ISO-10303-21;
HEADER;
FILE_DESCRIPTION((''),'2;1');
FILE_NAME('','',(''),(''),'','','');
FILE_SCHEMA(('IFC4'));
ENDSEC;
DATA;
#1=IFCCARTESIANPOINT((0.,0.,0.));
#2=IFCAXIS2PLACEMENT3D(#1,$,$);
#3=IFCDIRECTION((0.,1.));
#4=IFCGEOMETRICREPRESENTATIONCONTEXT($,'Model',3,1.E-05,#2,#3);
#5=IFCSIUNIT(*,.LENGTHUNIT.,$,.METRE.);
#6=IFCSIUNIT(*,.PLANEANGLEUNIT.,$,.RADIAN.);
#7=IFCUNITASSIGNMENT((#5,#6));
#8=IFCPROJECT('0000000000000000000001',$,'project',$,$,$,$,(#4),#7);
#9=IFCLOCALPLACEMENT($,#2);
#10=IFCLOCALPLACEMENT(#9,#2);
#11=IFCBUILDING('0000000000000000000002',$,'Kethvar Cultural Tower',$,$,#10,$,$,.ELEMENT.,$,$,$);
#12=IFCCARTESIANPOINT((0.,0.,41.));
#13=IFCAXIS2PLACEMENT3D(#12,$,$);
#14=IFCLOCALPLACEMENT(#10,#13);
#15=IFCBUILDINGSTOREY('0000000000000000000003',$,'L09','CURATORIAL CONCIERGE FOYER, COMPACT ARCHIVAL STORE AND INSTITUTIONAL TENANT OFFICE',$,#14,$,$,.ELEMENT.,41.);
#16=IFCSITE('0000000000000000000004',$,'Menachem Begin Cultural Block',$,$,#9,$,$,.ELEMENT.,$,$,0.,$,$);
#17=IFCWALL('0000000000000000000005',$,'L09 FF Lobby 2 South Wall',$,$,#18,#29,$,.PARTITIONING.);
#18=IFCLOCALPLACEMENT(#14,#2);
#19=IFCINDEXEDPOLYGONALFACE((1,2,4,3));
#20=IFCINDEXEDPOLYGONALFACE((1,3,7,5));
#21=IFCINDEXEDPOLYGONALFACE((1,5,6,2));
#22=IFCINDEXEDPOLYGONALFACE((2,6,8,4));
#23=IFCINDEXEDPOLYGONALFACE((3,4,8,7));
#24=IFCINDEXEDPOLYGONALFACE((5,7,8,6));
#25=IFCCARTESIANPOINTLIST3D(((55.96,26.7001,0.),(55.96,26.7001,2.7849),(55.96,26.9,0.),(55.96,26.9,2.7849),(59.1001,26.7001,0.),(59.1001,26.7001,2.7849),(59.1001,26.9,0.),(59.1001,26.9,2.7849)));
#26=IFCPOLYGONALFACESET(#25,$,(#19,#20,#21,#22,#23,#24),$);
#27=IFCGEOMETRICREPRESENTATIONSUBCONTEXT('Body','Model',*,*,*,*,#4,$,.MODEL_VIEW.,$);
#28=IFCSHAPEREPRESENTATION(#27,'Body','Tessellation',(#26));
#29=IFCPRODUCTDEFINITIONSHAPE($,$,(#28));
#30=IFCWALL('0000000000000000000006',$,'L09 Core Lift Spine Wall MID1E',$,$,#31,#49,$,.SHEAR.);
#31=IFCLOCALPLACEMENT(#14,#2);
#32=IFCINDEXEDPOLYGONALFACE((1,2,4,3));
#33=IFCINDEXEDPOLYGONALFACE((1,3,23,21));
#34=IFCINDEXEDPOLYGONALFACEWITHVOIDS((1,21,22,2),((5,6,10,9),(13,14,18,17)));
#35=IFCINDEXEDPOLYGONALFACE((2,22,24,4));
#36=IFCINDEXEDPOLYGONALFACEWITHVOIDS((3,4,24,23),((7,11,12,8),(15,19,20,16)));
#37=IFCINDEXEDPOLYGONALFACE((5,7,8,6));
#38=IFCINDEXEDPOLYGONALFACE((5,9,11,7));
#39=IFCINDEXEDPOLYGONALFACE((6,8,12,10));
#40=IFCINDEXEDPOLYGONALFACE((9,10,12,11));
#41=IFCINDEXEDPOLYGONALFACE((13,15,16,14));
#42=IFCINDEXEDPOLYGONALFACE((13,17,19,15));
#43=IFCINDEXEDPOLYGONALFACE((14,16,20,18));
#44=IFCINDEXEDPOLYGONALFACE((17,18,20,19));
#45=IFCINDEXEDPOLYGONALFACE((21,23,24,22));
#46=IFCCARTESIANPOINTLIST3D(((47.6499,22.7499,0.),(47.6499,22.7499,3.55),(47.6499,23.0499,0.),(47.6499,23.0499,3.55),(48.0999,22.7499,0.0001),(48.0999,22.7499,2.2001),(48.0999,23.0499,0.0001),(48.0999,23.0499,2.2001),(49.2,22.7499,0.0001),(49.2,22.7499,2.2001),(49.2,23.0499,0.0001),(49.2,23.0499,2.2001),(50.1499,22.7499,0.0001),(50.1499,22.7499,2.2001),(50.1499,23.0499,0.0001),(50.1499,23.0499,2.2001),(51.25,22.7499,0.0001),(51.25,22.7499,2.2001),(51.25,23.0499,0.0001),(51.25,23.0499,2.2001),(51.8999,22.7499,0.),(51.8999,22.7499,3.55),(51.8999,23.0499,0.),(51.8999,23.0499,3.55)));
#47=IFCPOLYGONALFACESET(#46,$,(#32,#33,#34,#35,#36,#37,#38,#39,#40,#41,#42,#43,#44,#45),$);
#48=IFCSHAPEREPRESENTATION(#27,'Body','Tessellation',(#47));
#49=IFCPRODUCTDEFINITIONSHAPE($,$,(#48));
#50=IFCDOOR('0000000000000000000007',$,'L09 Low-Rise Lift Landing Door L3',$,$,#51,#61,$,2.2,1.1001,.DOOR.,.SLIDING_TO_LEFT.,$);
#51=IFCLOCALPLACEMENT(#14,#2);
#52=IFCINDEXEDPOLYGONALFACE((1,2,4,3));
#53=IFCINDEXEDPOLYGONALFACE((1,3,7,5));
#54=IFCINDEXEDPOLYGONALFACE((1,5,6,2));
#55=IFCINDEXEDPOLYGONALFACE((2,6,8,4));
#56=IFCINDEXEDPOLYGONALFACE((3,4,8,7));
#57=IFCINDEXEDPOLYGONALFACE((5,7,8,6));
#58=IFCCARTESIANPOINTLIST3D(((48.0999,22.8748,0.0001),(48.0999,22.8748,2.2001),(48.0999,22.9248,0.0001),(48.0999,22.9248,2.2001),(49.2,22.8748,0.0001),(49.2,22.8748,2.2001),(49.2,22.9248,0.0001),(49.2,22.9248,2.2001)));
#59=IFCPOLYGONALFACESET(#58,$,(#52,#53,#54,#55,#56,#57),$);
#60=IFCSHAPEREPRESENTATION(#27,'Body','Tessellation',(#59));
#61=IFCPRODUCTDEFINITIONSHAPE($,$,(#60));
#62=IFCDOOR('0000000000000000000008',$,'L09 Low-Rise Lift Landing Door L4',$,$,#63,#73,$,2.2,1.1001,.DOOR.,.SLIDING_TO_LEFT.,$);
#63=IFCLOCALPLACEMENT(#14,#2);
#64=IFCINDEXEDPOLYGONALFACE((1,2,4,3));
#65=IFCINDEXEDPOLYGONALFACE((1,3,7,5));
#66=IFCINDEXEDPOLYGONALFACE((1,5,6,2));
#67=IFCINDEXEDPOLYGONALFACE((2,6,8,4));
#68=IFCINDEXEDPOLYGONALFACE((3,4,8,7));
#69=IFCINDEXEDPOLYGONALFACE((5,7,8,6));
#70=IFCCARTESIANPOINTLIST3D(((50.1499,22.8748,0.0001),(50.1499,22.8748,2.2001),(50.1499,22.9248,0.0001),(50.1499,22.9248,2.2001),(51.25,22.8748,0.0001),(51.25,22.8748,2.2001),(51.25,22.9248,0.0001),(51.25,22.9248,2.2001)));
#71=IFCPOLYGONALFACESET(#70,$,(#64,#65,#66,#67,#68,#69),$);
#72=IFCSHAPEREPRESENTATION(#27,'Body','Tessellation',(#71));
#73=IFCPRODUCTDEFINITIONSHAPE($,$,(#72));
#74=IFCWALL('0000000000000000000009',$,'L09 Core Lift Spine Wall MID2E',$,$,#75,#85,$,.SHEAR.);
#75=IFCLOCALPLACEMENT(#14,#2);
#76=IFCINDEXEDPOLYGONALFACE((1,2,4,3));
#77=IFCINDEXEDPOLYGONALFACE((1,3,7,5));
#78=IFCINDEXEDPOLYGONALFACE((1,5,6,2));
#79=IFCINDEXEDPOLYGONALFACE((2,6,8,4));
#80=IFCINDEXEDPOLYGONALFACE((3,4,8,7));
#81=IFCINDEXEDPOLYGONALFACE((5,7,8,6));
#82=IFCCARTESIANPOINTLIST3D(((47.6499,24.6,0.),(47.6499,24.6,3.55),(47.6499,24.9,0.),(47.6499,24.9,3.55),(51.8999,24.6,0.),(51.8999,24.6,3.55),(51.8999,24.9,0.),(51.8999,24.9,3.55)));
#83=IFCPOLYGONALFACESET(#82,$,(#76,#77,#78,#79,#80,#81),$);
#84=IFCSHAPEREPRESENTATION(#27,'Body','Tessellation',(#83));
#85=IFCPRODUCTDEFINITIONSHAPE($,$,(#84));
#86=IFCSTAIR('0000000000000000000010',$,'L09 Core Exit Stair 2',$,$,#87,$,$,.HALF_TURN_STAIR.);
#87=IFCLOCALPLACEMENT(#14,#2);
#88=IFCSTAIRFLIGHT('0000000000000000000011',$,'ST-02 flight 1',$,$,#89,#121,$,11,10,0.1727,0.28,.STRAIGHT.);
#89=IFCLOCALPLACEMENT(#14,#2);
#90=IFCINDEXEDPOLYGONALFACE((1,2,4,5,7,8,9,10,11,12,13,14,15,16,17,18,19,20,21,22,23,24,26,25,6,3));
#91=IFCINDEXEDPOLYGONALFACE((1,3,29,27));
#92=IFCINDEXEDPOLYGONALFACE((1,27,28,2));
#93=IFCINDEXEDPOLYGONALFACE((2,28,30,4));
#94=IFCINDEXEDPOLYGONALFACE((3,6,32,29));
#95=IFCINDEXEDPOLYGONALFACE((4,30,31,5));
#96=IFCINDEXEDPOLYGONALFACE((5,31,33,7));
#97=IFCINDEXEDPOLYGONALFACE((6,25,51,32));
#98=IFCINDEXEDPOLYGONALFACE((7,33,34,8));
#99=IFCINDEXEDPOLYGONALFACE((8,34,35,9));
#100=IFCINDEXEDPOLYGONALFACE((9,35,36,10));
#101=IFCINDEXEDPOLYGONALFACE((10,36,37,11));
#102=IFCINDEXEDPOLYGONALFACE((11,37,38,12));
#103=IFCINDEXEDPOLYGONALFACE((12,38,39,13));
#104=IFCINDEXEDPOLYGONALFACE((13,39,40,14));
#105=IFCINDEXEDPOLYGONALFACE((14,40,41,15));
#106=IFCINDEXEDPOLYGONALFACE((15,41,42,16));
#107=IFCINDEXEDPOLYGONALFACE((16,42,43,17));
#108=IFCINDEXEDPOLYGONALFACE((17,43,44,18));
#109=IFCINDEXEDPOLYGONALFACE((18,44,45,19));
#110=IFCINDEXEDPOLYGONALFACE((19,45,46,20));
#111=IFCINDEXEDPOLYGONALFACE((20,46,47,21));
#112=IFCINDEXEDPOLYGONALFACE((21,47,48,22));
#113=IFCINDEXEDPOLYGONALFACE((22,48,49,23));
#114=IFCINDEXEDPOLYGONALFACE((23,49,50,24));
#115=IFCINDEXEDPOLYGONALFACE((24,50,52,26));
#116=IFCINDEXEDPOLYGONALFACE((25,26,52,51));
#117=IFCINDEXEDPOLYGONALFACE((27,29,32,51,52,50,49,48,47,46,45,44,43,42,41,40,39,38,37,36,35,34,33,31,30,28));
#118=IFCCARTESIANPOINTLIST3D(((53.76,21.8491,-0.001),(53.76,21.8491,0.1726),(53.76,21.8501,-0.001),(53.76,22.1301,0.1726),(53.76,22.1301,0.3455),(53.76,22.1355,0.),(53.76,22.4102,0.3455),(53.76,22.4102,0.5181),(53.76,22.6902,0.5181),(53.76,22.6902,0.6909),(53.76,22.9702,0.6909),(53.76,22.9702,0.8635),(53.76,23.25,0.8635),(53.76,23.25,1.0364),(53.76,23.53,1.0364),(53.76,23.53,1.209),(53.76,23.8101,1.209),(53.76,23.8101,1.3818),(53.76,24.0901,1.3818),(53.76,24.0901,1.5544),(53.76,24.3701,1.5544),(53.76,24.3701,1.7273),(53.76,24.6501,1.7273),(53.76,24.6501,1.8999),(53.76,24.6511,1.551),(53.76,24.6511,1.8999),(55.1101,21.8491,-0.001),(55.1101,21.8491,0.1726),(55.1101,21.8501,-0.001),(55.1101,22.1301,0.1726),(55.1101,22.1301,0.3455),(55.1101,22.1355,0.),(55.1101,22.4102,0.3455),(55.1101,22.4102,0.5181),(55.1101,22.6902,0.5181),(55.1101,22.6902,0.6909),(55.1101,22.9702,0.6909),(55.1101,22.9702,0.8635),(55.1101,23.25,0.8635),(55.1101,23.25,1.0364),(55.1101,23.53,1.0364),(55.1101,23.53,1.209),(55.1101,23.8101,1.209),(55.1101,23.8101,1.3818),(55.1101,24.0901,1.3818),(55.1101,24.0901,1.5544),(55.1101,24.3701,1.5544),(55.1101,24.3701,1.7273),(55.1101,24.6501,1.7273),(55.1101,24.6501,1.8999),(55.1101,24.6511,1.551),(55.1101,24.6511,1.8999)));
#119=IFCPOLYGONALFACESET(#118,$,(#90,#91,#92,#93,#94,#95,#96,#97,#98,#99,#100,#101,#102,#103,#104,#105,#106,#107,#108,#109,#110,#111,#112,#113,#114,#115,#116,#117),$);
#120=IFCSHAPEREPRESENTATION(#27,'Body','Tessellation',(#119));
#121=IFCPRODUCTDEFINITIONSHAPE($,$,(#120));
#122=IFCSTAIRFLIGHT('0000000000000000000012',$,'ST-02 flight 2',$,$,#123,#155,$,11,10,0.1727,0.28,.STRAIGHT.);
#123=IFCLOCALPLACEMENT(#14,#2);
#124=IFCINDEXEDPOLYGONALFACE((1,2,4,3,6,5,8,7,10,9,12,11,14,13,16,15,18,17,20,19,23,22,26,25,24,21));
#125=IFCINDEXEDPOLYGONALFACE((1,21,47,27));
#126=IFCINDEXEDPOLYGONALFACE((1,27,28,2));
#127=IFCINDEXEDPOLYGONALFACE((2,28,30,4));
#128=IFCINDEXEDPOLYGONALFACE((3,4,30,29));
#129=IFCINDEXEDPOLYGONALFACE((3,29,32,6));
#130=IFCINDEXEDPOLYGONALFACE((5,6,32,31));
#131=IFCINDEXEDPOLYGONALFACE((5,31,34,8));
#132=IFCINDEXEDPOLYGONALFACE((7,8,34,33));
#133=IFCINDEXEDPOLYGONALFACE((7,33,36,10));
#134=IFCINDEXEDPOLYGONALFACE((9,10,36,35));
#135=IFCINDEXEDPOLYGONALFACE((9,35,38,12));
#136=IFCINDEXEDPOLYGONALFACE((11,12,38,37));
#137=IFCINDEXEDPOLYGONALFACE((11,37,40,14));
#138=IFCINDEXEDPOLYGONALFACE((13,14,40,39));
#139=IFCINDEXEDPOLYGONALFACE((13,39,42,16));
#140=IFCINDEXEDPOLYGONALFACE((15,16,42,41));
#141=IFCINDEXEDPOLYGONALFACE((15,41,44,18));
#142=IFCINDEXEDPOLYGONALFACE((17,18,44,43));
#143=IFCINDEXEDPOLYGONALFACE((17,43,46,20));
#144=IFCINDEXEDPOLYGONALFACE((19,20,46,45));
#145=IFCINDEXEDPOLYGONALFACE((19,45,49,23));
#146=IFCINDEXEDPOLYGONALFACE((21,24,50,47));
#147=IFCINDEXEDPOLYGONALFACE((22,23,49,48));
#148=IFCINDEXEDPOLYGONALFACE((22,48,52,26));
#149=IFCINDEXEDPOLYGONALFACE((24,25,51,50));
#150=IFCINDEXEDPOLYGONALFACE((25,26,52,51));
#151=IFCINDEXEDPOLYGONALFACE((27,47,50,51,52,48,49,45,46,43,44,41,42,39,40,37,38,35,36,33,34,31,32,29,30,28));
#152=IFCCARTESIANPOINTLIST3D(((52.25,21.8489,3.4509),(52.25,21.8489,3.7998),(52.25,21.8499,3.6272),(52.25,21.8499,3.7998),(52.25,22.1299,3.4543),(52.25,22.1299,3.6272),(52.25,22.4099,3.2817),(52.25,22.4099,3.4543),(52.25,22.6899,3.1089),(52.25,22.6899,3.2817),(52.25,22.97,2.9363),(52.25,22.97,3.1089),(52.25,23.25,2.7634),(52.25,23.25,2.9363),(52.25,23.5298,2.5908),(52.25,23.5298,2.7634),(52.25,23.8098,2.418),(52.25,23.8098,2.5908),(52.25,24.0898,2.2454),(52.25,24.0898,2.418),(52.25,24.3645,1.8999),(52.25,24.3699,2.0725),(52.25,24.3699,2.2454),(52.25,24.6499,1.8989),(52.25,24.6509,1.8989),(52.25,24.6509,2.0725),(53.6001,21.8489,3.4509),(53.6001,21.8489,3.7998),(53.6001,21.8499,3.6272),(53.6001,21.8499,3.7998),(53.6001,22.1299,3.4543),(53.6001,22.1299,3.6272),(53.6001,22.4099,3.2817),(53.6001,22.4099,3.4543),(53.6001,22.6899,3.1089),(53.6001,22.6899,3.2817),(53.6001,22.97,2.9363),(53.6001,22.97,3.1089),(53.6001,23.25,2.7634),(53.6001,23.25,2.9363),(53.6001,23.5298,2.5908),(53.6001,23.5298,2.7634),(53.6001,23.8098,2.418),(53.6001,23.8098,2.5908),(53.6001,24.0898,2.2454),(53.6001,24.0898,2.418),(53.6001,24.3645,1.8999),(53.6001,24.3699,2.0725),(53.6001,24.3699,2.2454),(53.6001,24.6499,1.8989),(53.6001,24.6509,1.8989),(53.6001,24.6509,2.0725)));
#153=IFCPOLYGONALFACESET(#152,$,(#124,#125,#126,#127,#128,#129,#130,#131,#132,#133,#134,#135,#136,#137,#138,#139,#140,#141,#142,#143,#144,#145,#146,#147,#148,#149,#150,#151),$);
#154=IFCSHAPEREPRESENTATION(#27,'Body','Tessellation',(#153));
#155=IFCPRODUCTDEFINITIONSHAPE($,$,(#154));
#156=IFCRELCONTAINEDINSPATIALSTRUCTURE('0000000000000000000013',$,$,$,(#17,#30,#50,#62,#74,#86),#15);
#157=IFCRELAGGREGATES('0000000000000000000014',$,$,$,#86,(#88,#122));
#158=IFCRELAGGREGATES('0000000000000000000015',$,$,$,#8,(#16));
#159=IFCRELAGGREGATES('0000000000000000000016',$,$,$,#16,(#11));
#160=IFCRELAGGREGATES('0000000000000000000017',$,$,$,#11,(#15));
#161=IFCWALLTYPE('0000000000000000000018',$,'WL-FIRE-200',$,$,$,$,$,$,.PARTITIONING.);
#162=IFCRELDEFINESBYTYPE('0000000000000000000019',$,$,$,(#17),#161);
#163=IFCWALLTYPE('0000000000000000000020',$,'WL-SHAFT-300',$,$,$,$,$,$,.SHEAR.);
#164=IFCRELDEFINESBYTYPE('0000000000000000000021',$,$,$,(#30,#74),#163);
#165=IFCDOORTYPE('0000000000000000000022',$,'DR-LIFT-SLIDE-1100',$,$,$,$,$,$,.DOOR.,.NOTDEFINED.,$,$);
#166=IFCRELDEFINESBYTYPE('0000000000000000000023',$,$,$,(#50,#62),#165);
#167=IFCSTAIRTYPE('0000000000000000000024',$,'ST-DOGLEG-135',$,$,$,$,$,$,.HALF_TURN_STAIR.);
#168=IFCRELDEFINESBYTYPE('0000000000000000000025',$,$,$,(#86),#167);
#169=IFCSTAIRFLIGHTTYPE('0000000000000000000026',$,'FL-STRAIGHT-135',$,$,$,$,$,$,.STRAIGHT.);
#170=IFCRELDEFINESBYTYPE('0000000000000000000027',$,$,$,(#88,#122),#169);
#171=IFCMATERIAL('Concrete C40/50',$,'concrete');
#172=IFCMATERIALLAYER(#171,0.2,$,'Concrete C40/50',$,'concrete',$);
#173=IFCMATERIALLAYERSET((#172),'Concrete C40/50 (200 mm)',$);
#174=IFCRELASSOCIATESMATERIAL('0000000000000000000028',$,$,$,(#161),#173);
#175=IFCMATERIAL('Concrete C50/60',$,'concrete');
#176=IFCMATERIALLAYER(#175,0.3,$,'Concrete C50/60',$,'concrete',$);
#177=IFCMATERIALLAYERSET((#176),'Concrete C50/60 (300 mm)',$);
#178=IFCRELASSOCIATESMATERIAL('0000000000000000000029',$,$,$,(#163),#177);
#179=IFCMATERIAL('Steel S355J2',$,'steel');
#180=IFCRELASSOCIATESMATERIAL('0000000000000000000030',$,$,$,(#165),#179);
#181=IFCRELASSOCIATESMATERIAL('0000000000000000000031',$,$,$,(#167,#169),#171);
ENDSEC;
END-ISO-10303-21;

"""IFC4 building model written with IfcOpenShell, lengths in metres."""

from ifc_helpers import new_model, si_unit, direction, frame, frame_2d, origin, place, context, subcontext, project, spatial, polyline, rectangle, outline, extrude, source, transform, mapped, material, layer, layer_set, type_object, element, fill, aggregate, save


model = new_model("IFC4")

# Units and contexts
model_context = context("Model", 3, precision=1e-05, world=origin(), true_north=direction((0.0, 1.0)))
body_context = subcontext(model_context, "Body", "Model", "MODEL_VIEW")
ifc_project = project(units=[si_unit("LENGTHUNIT", "METRE"), si_unit("PLANEANGLEUNIT", "RADIAN")], contexts=[model_context])

# Site, building, storey
site_placement = place(None, origin())
site = spatial("IfcSite", under=ifc_project, at=site_placement, Name="Menachem Begin Cultural Block", CompositionType="ELEMENT", RefElevation=0.0)
building_placement = place(site_placement, origin())
building = spatial("IfcBuilding", under=site, at=building_placement, Name="Kethvar Cultural Tower", CompositionType="ELEMENT")
storey_placement = place(building_placement, frame((0.0, 0.0, 41.0)))
storey = spatial("IfcBuildingStorey", under=building, at=storey_placement, Name="L09", Description="CURATORIAL CONCIERGE FOYER, COMPACT ARCHIVAL STORE AND INSTITUTIONAL TENANT OFFICE", CompositionType="ELEMENT", Elevation=41.0)

# Shared definitions
ifc_material_1 = material(Name="Steel S355J2", Category="steel")

# Wall
ifc_material_2 = material(Name="Concrete C40/50", Category="concrete")
ifc_layer_1 = layer(ifc_material_2, 0.2, Name="Concrete C40/50", Category="concrete")
ifc_layer_set_1 = layer_set([ifc_layer_1], Name="Concrete C40/50 (200 mm)")
wall_type_1 = type_object("IfcWallType", Name="WL-FIRE-200", PredefinedType="PARTITIONING", material=ifc_layer_set_1)
wall_1_placement = place(storey_placement, frame((55.96, 26.8, 0.0), z_axis=(0.0, 0.0, 1.0), x_axis=(1.0, 0.0, 0.0)))
element("IfcWall", 1, at=wall_1_placement, inside=storey, type_object=wall_type_1, Name="L09 FF Lobby 2 South Wall", PredefinedType="PARTITIONING", context=body_context, shape_type="SweptSolid", body=[
    extrude(rectangle(XDim=3.1401, YDim=0.2, at=frame_2d((1.5701, 0.0))), origin(), (0.0, 0.0, 1.0), 2.7849),
])

# Wall, openings, doors
ifc_material_3 = material(Name="Concrete C50/60", Category="concrete")
ifc_layer_2 = layer(ifc_material_3, 0.3, Name="Concrete C50/60", Category="concrete")
ifc_layer_set_2 = layer_set([ifc_layer_2], Name="Concrete C50/60 (300 mm)")
wall_type_2 = type_object("IfcWallType", Name="WL-SHAFT-300", PredefinedType="SHEAR", material=ifc_layer_set_2)
wall_2_placement = place(storey_placement, frame((47.6499, 22.8999, 0.0), z_axis=(0.0, 0.0, 1.0), x_axis=(1.0, 0.0, 0.0)))
wall_2 = element("IfcWall", 2, at=wall_2_placement, inside=storey, type_object=wall_type_2, Name="L09 Core Lift Spine Wall MID1E", PredefinedType="SHEAR", context=body_context, shape_type="SweptSolid", body=[
    extrude(rectangle(XDim=4.25, YDim=0.3, at=frame_2d((2.125, 0.0))), origin(), (0.0, 0.0, 1.0), 3.55),
])
opening_1_placement = place(wall_2_placement, frame((0.45, 0.0, 0.0)))
opening_1 = element("IfcOpeningElement", 3, at=opening_1_placement, cuts=wall_2, PredefinedType="OPENING", context=body_context, shape_type="SweptSolid", body=[
    extrude(rectangle(XDim=1.1001, YDim=2.2, at=frame_2d((0.55, 1.1001))), frame((0.0, 0.1599, 0.0), z_axis=(0.0, -1.0, 0.0), x_axis=(1.0, 0.0, 0.0)), (0.0, 0.0, 1.0), 0.3201),
])
opening_2_placement = place(wall_2_placement, frame((2.5, 0.0, 0.0)))
opening_2 = element("IfcOpeningElement", 4, at=opening_2_placement, cuts=wall_2, PredefinedType="OPENING", context=body_context, shape_type="SweptSolid", body=[
    extrude(rectangle(XDim=1.1001, YDim=2.2, at=frame_2d((0.55, 1.1001))), frame((0.0, 0.1599, 0.0), z_axis=(0.0, -1.0, 0.0), x_axis=(1.0, 0.0, 0.0)), (0.0, 0.0, 1.0), 0.3201),
])
door_type = type_object("IfcDoorType", Name="DR-LIFT-SLIDE-1100", OperationType="NOTDEFINED", PredefinedType="DOOR", material=ifc_material_1)
shared_shape_1 = source(origin(), body_context, "Body", "SweptSolid", [
    extrude(rectangle(XDim=1.1001, YDim=2.2, at=frame_2d((0.55, 1.1001))), frame((0.0, 0.0249, 0.0), z_axis=(0.0, -1.0, 0.0), x_axis=(1.0, 0.0, 0.0)), (0.0, 0.0, 1.0), 0.05),
])
door_1_placement = place(opening_1_placement, origin())
door_1 = element("IfcDoor", 5, at=door_1_placement, inside=storey, type_object=door_type, Name="L09 Low-Rise Lift Landing Door L3", OperationType="SLIDING_TO_LEFT", OverallHeight=2.2, OverallWidth=1.1001, PredefinedType="DOOR", context=body_context, shape_type="MappedRepresentation", body=[
    mapped(shared_shape_1, transform((0.0, 0.0, 0.0), scale=1.0)),
])
fill(opening_1, door_1)
door_2_placement = place(opening_2_placement, origin())
door_2 = element("IfcDoor", 6, at=door_2_placement, inside=storey, type_object=door_type, Name="L09 Low-Rise Lift Landing Door L4", OperationType="SLIDING_TO_LEFT", OverallHeight=2.2, OverallWidth=1.1001, PredefinedType="DOOR", context=body_context, shape_type="MappedRepresentation", body=[
    mapped(shared_shape_1, transform((0.0, 0.0, 0.0), scale=1.0)),
])
fill(opening_2, door_2)

# Wall
wall_3_placement = place(storey_placement, frame((47.6499, 24.75, 0.0), z_axis=(0.0, 0.0, 1.0), x_axis=(1.0, 0.0, 0.0)))
element("IfcWall", 7, at=wall_3_placement, inside=storey, type_object=wall_type_2, Name="L09 Core Lift Spine Wall MID2E", PredefinedType="SHEAR", context=body_context, shape_type="SweptSolid", body=[
    extrude(rectangle(XDim=4.25, YDim=0.3, at=frame_2d((2.125, 0.0))), origin(), (0.0, 0.0, 1.0), 3.55),
])

# Stair, stair flights
stair_type = type_object("IfcStairType", Name="ST-DOGLEG-135", PredefinedType="HALF_TURN_STAIR", material=ifc_material_2)
stair_placement = place(storey_placement, origin())
stair = element("IfcStair", 8, at=stair_placement, inside=storey, type_object=stair_type, Name="L09 Core Exit Stair 2", PredefinedType="HALF_TURN_STAIR")
stair_flight_type = type_object("IfcStairFlightType", Name="FL-STRAIGHT-135", PredefinedType="STRAIGHT", material=ifc_material_2)
stair_flight_1_placement = place(storey_placement, frame((54.4351, 21.8501, 0.0), z_axis=(0.0, 0.0, 1.0), x_axis=(0.0, 1.0, 0.0)))
stair_flight_1 = element("IfcStairFlight", 9, at=stair_flight_1_placement, type_object=stair_flight_type, Name="ST-02 flight 1", NumberOfRisers=11, NumberOfTreads=10, PredefinedType="STRAIGHT", RiserHeight=0.1727, TreadLength=0.28, context=body_context, shape_type="SweptSolid", body=[
    extrude(outline(polyline([(-0.001, -0.001), (-0.001, 0.1726), (0.28, 0.1726), (0.28, 0.3455), (0.5601, 0.3455), (0.5601, 0.5181), (0.8401, 0.5181), (0.8401, 0.6909), (1.1201, 0.6909), (1.1201, 0.8635), (1.3999, 0.8635), (1.3999, 1.0364), (1.6799, 1.0364), (1.6799, 1.209), (1.96, 1.209), (1.96, 1.3818), (2.24, 1.3818), (2.24, 1.5544), (2.52, 1.5544), (2.52, 1.7273), (2.8, 1.7273), (2.8, 1.8999), (2.801, 1.8999), (2.801, 1.551), (0.2854, 0.0), (0.0, -0.001), (-0.001, -0.001)])), frame((0.0, 0.675, 0.0), z_axis=(0.0, -1.0, 0.0), x_axis=(1.0, 0.0, 0.0)), (0.0, 0.0, 1.0), 1.3501),
])
stair_flight_2_placement = place(storey_placement, frame((52.925, 24.6499, 1.8999), z_axis=(0.0, 0.0, 1.0), x_axis=(0.0, -1.0, 0.0)))
stair_flight_2 = element("IfcStairFlight", 10, at=stair_flight_2_placement, type_object=stair_flight_type, Name="ST-02 flight 2", NumberOfRisers=11, NumberOfTreads=10, PredefinedType="STRAIGHT", RiserHeight=0.1727, TreadLength=0.28, context=body_context, shape_type="SweptSolid", body=[
    extrude(outline(polyline([(-0.001, -0.001), (-0.001, 0.1726), (0.28, 0.1726), (0.28, 0.3455), (0.5601, 0.3455), (0.5601, 0.5181), (0.8401, 0.5181), (0.8401, 0.6909), (1.1201, 0.6909), (1.1201, 0.8635), (1.3999, 0.8635), (1.3999, 1.0364), (1.6799, 1.0364), (1.6799, 1.209), (1.96, 1.209), (1.96, 1.3818), (2.24, 1.3818), (2.24, 1.5544), (2.52, 1.5544), (2.52, 1.7273), (2.8, 1.7273), (2.8, 1.8999), (2.801, 1.8999), (2.801, 1.551), (0.2854, 0.0), (0.0, -0.001), (-0.001, -0.001)])), frame((0.0, 0.675, 0.0), z_axis=(0.0, -1.0, 0.0), x_axis=(1.0, 0.0, 0.0)), (0.0, 0.0, 1.0), 1.3501),
])
aggregate(stair, [stair_flight_1, stair_flight_2])

save(model, "model.ifc")
